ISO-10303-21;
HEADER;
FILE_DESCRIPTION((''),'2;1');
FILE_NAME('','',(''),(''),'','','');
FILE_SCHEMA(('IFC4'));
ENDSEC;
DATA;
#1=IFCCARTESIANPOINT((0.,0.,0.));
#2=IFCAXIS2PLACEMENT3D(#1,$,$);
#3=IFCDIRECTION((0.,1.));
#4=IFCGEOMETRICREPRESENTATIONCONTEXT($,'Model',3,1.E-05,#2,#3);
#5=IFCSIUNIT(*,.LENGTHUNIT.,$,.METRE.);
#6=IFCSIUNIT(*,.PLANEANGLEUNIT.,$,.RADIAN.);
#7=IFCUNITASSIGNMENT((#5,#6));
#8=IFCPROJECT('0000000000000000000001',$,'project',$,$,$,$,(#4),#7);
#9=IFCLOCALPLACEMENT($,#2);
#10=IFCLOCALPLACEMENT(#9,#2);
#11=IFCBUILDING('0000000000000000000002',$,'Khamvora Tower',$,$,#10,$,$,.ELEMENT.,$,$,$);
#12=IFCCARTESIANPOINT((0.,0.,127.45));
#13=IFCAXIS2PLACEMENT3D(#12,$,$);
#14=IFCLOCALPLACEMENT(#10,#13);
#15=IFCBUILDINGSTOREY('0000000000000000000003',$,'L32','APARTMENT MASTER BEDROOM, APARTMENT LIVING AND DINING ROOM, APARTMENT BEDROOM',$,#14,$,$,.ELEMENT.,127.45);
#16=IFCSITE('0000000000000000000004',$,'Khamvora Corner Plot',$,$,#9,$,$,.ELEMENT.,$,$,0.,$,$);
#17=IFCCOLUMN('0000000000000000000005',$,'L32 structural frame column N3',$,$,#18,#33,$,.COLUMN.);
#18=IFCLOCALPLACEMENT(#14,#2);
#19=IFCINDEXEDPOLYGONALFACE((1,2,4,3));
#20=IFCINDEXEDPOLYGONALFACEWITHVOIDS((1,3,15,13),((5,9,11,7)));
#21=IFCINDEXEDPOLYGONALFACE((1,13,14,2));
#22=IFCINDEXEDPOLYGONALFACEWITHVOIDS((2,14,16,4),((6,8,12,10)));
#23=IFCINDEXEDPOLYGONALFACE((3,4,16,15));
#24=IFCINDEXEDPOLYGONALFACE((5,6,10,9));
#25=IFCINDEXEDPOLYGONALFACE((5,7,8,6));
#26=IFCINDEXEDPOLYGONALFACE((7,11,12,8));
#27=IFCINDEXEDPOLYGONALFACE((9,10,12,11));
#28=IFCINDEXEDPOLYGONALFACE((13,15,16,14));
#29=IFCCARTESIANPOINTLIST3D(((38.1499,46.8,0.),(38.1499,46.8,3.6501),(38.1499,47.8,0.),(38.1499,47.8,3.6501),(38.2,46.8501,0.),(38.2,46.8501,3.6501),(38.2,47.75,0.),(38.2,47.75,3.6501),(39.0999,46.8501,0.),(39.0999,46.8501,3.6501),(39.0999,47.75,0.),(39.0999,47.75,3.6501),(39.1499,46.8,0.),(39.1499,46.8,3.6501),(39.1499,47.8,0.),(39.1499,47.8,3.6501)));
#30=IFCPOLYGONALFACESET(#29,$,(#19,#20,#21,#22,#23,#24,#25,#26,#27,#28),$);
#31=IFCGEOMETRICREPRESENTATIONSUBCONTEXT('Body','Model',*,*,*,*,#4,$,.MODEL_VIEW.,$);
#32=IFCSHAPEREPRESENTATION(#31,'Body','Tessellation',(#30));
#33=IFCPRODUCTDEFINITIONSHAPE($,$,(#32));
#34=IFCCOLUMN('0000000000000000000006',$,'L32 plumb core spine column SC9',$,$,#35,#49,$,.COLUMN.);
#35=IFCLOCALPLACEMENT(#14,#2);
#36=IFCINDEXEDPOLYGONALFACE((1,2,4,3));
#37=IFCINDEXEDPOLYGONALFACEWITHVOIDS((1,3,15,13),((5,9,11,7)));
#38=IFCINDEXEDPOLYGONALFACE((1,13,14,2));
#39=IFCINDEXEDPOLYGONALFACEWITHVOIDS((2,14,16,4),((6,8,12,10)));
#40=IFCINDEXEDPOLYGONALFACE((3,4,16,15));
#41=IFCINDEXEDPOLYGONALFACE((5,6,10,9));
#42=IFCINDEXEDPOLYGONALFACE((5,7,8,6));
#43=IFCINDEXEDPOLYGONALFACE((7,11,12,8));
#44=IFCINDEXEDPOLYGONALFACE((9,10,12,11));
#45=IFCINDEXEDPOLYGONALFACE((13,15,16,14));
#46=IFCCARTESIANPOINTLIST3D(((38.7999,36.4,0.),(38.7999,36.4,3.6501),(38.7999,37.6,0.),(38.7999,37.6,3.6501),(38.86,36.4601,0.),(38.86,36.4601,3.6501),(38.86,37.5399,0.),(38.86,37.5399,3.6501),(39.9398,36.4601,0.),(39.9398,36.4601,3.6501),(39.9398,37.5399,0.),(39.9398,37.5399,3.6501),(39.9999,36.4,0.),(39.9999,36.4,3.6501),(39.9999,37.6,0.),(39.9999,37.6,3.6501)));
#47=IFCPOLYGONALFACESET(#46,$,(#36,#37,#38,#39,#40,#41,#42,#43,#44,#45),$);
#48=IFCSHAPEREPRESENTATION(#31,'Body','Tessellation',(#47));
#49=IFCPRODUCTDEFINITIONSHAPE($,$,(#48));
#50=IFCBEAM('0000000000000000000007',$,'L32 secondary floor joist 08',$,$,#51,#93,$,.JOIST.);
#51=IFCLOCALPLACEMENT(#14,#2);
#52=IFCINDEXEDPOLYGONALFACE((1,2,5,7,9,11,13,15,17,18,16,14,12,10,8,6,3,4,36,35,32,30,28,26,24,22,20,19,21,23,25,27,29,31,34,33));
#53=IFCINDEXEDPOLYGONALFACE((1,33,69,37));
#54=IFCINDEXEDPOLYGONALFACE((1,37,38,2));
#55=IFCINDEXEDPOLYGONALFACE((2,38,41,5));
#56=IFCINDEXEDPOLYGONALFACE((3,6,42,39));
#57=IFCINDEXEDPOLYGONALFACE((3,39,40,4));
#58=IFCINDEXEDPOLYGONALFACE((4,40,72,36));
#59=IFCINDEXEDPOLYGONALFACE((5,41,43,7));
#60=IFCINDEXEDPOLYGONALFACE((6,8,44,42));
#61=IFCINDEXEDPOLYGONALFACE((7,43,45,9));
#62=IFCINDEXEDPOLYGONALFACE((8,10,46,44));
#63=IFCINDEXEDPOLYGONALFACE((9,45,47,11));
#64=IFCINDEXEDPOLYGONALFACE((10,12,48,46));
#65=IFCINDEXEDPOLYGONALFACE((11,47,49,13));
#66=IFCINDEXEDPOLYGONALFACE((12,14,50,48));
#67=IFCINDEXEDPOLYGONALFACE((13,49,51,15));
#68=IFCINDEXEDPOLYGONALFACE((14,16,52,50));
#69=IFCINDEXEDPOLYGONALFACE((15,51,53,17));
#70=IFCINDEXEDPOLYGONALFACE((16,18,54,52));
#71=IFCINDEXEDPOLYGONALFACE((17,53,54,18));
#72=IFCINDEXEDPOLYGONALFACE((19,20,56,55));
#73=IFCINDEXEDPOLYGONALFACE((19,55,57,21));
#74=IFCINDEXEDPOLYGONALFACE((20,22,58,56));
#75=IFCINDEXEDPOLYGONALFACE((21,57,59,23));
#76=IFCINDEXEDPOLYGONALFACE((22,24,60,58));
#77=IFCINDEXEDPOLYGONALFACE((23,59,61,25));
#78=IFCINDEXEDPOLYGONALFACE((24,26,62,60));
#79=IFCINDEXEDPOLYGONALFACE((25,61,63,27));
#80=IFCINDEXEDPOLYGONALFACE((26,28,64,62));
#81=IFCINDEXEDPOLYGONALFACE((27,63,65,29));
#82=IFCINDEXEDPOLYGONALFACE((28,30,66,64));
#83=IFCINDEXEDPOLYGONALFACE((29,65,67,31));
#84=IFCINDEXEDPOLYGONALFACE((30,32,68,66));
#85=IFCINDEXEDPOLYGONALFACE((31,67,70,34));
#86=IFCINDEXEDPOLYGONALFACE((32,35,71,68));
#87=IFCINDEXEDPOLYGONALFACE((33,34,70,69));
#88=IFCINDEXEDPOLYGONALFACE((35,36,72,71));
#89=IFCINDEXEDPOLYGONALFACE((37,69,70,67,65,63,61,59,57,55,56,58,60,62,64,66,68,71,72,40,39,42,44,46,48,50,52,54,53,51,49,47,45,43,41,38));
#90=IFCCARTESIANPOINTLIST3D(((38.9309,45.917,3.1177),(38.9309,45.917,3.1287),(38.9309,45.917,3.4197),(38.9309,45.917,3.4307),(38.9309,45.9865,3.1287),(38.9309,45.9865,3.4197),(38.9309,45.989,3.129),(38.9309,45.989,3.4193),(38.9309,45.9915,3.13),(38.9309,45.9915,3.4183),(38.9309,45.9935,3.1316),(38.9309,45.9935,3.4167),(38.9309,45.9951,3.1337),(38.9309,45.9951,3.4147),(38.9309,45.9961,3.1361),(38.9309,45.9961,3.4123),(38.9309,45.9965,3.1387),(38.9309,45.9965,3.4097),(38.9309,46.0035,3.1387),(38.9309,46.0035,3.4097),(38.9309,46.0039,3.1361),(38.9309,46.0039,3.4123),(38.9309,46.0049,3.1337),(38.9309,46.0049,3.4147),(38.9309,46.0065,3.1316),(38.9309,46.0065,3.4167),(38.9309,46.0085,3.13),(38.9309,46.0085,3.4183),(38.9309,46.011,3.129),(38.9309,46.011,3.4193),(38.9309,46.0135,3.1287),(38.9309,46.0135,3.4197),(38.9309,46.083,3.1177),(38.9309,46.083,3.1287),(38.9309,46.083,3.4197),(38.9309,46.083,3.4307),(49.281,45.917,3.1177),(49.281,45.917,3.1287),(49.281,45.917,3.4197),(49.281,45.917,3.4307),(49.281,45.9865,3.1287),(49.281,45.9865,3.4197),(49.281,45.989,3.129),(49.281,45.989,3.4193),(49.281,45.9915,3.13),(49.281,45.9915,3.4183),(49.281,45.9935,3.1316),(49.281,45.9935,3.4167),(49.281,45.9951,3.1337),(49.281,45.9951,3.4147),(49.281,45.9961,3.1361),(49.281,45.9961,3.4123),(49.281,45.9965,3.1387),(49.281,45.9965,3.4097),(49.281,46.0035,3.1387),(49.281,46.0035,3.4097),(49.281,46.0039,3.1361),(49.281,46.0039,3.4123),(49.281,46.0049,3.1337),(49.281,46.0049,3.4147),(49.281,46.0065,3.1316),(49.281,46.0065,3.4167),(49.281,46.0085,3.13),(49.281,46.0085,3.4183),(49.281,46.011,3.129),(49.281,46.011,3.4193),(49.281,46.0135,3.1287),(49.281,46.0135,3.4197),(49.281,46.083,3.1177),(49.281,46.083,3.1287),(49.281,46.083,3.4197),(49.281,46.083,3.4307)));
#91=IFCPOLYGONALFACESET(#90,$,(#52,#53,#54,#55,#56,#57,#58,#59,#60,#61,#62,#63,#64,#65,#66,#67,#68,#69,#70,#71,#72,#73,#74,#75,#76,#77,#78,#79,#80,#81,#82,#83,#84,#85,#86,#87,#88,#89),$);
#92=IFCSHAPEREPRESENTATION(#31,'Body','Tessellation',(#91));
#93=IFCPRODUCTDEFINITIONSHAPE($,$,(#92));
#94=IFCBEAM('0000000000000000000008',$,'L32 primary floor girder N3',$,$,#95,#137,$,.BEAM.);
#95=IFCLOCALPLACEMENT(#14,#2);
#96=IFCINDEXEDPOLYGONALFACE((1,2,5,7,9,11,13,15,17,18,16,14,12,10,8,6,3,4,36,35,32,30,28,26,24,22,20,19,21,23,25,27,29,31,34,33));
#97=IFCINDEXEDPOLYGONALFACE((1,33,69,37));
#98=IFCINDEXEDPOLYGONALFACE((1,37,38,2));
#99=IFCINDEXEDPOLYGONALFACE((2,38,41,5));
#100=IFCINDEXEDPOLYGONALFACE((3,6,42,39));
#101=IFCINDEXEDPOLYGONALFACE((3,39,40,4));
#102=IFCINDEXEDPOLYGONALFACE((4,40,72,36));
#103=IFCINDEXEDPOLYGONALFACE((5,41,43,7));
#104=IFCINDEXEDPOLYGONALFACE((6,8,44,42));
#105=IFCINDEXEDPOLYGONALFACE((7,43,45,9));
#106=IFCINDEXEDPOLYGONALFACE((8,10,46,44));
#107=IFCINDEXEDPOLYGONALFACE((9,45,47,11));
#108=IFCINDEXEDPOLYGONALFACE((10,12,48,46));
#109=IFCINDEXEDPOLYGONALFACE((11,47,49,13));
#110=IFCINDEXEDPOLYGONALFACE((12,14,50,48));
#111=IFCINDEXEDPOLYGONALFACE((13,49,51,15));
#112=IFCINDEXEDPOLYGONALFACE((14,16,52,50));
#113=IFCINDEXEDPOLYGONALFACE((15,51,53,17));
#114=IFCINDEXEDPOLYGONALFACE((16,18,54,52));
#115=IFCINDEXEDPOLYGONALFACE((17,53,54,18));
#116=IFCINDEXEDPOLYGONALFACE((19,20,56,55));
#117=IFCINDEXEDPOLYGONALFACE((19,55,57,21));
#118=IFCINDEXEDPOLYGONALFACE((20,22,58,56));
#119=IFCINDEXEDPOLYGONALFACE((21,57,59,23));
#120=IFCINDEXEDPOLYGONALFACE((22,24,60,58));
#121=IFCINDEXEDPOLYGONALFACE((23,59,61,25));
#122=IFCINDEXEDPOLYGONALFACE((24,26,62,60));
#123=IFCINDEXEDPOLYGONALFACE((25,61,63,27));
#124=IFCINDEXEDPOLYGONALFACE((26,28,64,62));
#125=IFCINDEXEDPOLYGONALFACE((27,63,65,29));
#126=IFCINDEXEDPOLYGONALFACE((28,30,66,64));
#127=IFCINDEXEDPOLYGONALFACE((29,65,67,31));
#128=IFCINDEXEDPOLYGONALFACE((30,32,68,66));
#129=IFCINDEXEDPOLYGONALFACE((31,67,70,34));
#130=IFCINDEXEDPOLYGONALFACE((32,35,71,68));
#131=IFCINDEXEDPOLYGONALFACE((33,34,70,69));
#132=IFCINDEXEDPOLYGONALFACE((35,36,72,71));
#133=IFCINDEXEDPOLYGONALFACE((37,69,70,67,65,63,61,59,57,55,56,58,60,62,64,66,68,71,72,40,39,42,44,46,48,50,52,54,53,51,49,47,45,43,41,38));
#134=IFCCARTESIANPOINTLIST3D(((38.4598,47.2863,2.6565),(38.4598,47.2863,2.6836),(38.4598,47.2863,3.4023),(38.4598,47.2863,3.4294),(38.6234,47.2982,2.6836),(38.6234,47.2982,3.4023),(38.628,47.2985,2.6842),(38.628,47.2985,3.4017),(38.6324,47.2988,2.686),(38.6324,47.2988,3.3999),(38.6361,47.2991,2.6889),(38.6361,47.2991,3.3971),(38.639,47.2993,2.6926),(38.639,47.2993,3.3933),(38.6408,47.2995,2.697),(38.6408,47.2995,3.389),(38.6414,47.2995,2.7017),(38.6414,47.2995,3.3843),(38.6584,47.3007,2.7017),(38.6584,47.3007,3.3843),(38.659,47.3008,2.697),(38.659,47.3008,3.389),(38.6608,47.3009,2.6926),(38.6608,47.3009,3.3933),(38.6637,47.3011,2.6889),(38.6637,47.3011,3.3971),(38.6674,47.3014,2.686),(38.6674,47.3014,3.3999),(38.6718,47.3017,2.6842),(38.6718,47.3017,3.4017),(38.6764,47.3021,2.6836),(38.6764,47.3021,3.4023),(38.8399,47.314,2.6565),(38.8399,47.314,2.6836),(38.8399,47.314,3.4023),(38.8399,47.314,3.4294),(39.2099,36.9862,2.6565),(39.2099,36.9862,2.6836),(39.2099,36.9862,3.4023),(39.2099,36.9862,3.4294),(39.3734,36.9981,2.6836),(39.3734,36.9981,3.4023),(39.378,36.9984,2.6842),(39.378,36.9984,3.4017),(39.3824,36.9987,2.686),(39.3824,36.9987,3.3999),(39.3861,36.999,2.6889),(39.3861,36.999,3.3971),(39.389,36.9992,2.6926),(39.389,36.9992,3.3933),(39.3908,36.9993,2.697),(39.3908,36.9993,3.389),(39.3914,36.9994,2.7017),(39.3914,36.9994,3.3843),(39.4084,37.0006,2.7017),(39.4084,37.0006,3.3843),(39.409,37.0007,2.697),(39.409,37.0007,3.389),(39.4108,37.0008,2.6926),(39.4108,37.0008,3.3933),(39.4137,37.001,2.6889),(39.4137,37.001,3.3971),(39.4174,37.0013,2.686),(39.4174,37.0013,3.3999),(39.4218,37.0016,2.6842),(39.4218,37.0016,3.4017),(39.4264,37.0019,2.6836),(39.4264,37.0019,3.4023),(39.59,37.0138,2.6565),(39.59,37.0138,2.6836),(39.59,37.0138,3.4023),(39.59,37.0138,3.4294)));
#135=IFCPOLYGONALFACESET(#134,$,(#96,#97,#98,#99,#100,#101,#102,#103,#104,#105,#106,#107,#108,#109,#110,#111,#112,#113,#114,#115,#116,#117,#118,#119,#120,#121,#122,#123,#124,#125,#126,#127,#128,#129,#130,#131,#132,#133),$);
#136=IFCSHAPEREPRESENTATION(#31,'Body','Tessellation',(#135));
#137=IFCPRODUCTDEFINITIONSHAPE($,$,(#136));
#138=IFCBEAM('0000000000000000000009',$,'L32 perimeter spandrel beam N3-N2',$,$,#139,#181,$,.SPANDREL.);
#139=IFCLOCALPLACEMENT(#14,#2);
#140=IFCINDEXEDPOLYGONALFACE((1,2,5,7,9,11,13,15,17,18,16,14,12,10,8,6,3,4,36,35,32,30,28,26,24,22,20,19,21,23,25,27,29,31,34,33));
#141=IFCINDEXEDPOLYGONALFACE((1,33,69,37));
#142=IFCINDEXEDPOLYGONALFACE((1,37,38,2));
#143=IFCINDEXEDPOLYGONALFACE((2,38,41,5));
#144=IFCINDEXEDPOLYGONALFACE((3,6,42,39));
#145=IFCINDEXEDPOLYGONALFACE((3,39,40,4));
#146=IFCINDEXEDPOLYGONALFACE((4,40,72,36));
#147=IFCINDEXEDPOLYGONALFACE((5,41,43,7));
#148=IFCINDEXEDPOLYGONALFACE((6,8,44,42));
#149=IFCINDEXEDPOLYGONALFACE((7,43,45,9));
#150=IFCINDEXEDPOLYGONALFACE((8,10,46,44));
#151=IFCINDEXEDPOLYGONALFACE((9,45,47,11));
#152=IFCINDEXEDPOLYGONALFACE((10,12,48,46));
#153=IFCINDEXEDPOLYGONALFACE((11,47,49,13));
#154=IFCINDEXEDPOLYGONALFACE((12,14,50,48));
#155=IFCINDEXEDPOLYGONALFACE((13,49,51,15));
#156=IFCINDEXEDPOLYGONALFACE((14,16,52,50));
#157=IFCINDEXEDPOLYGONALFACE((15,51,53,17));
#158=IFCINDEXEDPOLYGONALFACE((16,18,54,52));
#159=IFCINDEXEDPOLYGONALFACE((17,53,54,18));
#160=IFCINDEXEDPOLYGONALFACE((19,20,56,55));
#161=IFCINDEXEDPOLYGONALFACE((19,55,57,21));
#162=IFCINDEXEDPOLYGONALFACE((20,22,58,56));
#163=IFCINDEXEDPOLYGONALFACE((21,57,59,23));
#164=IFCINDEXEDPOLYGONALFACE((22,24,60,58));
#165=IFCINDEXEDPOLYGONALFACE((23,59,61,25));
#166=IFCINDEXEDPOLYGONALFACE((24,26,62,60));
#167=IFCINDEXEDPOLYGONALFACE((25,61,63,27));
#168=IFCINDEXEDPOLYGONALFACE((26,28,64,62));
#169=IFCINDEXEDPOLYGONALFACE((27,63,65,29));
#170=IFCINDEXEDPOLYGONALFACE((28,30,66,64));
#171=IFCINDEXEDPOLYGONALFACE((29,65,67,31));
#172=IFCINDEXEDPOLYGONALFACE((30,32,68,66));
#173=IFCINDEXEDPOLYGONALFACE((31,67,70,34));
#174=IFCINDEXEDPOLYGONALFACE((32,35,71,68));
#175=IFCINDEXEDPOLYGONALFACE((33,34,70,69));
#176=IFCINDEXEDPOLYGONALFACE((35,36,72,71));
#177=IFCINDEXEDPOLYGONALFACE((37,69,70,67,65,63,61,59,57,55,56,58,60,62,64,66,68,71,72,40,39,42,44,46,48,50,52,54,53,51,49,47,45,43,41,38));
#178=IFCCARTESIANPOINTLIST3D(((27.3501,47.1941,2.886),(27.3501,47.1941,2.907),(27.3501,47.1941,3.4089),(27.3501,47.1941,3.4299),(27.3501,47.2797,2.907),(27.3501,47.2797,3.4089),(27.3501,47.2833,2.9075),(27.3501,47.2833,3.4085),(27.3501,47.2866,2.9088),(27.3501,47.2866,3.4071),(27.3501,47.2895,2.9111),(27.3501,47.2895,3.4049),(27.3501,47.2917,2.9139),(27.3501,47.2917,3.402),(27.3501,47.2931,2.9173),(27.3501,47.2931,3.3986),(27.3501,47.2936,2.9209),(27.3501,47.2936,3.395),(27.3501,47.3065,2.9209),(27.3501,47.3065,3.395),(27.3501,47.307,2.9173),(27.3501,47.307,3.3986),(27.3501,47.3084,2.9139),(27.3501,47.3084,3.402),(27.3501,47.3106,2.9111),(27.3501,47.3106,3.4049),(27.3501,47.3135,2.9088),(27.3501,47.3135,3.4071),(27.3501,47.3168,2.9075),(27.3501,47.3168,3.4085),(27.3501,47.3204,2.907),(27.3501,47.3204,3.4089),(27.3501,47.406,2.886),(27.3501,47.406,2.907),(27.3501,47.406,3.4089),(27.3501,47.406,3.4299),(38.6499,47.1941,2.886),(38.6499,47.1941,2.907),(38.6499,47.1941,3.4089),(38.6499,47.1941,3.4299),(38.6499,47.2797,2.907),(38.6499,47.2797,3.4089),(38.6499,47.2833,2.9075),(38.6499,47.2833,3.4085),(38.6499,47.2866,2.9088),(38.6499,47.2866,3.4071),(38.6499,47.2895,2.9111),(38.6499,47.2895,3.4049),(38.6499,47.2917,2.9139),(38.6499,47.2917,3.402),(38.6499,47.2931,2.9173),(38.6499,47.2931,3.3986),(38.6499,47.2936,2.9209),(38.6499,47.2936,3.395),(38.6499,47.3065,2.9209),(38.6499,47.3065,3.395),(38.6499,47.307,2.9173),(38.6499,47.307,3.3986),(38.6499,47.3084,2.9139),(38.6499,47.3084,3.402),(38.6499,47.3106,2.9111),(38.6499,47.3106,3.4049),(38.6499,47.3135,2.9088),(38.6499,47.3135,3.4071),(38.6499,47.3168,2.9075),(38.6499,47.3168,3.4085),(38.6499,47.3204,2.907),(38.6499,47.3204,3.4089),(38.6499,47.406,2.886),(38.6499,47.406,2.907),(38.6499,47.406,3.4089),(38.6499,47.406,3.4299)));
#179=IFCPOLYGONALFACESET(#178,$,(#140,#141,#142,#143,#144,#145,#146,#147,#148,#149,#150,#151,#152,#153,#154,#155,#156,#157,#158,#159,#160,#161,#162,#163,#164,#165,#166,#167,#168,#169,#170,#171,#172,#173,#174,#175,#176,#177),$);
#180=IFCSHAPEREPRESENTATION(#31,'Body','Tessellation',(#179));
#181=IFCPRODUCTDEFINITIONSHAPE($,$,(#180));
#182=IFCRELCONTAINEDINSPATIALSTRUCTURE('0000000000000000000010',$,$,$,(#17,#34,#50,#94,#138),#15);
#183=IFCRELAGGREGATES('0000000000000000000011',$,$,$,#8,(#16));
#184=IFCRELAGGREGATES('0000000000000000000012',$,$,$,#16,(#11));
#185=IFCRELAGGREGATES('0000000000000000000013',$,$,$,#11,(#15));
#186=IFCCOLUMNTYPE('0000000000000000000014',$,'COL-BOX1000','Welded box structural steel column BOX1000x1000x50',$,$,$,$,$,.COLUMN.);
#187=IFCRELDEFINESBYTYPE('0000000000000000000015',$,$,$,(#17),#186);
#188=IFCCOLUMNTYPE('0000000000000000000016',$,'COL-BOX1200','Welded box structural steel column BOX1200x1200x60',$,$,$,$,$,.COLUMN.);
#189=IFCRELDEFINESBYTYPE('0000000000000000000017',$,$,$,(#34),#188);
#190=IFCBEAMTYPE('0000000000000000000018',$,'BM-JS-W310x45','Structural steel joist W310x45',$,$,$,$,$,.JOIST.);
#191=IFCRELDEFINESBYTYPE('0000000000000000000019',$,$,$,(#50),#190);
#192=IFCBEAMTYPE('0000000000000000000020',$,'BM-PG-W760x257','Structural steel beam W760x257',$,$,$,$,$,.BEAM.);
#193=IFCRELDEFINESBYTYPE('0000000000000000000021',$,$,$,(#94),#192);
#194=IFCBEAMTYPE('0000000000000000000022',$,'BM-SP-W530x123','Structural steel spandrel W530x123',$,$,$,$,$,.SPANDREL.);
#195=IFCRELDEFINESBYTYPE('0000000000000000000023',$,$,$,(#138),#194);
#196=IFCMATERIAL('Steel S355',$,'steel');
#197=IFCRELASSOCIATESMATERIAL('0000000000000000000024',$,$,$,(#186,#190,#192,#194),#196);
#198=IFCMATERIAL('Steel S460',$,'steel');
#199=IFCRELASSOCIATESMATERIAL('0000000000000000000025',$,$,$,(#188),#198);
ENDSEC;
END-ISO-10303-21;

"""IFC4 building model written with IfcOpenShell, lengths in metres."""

from ifc_helpers import new_model, si_unit, direction, frame, origin, origin_2d, place, context, subcontext, project, spatial, hollow_rectangle, i_section, extrude, material, material_profile, profile_set, type_object, element, save


model = new_model("IFC4")

# Units and contexts
model_context = context("Model", 3, precision=1e-05, world=origin(), true_north=direction((0.0, 1.0)))
body_context = subcontext(model_context, "Body", "Model", "MODEL_VIEW")
ifc_project = project(units=[si_unit("LENGTHUNIT", "METRE"), si_unit("PLANEANGLEUNIT", "RADIAN")], contexts=[model_context])

# Site, building, storey
site_placement = place(None, origin())
site = spatial("IfcSite", under=ifc_project, at=site_placement, Name="Khamvora Corner Plot", CompositionType="ELEMENT", RefElevation=0.0)
building_placement = place(site_placement, origin())
building = spatial("IfcBuilding", under=site, at=building_placement, Name="Khamvora Tower", CompositionType="ELEMENT")
storey_placement = place(building_placement, frame((0.0, 0.0, 127.45)))
storey = spatial("IfcBuildingStorey", under=building, at=storey_placement, Name="L32", Description="APARTMENT MASTER BEDROOM, APARTMENT LIVING AND DINING ROOM, APARTMENT BEDROOM", CompositionType="ELEMENT", Elevation=127.45)

# Columns
ifc_material_1 = material(Name="Steel S355", Category="steel")
ifc_material_profile_1 = material_profile(ifc_material_1, hollow_rectangle(XDim=1.0, YDim=1.0, WallThickness=0.05, at=origin_2d()), Name="BOX1000x1000x50")
ifc_profile_set_1 = profile_set([ifc_material_profile_1], Name="Steel S355")
column_type_1 = type_object("IfcColumnType", Name="COL-BOX1000", Description="Welded box structural steel column BOX1000x1000x50", PredefinedType="COLUMN", material=ifc_profile_set_1)
column_1_placement = place(storey_placement, frame((38.6499, 47.3, 0.0), z_axis=(0.0, 0.0, 1.0), x_axis=(1.0, 0.0, 0.0)))
element("IfcColumn", 1, at=column_1_placement, inside=storey, type_object=column_type_1, Name="L32 structural frame column N3", PredefinedType="COLUMN", context=body_context, shape_type="SweptSolid", body=[
    extrude(hollow_rectangle(XDim=1.0, YDim=1.0, WallThickness=0.05, at=origin_2d()), origin(), (0.0, 0.0, 1.0), 3.6501),
])
ifc_material_2 = material(Name="Steel S460", Category="steel")
ifc_material_profile_2 = material_profile(ifc_material_2, hollow_rectangle(XDim=1.2, YDim=1.2, WallThickness=0.0601, at=origin_2d()), Name="BOX1200x1200x60")
ifc_profile_set_2 = profile_set([ifc_material_profile_2], Name="Steel S460")
column_type_2 = type_object("IfcColumnType", Name="COL-BOX1200", Description="Welded box structural steel column BOX1200x1200x60", PredefinedType="COLUMN", material=ifc_profile_set_2)
column_2_placement = place(storey_placement, frame((39.3999, 37.0, 0.0), z_axis=(0.0, 0.0, 1.0), x_axis=(1.0, 0.0, 0.0)))
element("IfcColumn", 2, at=column_2_placement, inside=storey, type_object=column_type_2, Name="L32 plumb core spine column SC9", PredefinedType="COLUMN", context=body_context, shape_type="SweptSolid", body=[
    extrude(hollow_rectangle(XDim=1.2, YDim=1.2, WallThickness=0.0601, at=origin_2d()), origin(), (0.0, 0.0, 1.0), 3.6501),
])

# Beams
ifc_material_profile_3 = material_profile(ifc_material_1, i_section(OverallWidth=0.166, OverallDepth=0.313, WebThickness=0.0071, FlangeThickness=0.011, FilletRadius=0.01, at=origin_2d()), Name="W310x45")
ifc_profile_set_3 = profile_set([ifc_material_profile_3], Name="Steel S355")
beam_type_1 = type_object("IfcBeamType", Name="BM-JS-W310x45", Description="Structural steel joist W310x45", PredefinedType="JOIST", material=ifc_profile_set_3)
beam_1_placement = place(storey_placement, frame((38.9309, 46.0, 3.2742), z_axis=(1.0, 0.0, 0.0), x_axis=(0.0, 1.0, 0.0)))
element("IfcBeam", 3, at=beam_1_placement, inside=storey, type_object=beam_type_1, Name="L32 secondary floor joist 08", PredefinedType="JOIST", context=body_context, shape_type="SweptSolid", body=[
    extrude(i_section(OverallWidth=0.166, OverallDepth=0.313, WebThickness=0.0071, FlangeThickness=0.011, FilletRadius=0.01, at=origin_2d()), origin(), (0.0, 0.0, 1.0), 10.3501),
])
ifc_material_profile_4 = material_profile(ifc_material_1, i_section(OverallWidth=0.3811, OverallDepth=0.7729, WebThickness=0.0171, FlangeThickness=0.0271, FilletRadius=0.0181, at=origin_2d()), Name="W760x257")
ifc_profile_set_4 = profile_set([ifc_material_profile_4], Name="Steel S355")
beam_type_2 = type_object("IfcBeamType", Name="BM-PG-W760x257", Description="Structural steel beam W760x257", PredefinedType="BEAM", material=ifc_profile_set_4)
beam_2_placement = place(storey_placement, frame((39.3999, 37.0, 3.043), z_axis=(-0.072623, 0.997359, 0.0), x_axis=(-0.997359, -0.072623, 0.0)))
element("IfcBeam", 4, at=beam_2_placement, inside=storey, type_object=beam_type_2, Name="L32 primary floor girder N3", PredefinedType="BEAM", context=body_context, shape_type="SweptSolid", body=[
    extrude(i_section(OverallWidth=0.3811, OverallDepth=0.7729, WebThickness=0.0171, FlangeThickness=0.0271, FilletRadius=0.0181, at=origin_2d()), origin(), (0.0, 0.0, 1.0), 10.3274),
])
ifc_material_profile_5 = material_profile(ifc_material_1, i_section(OverallWidth=0.2119, OverallDepth=0.5439, WebThickness=0.0129, FlangeThickness=0.021, FilletRadius=0.0139, at=origin_2d()), Name="W530x123")
ifc_profile_set_5 = profile_set([ifc_material_profile_5], Name="Steel S355")
beam_type_3 = type_object("IfcBeamType", Name="BM-SP-W530x123", Description="Structural steel spandrel W530x123", PredefinedType="SPANDREL", material=ifc_profile_set_5)
beam_3_placement = place(storey_placement, frame((38.6499, 47.3, 3.158), z_axis=(-1.0, 0.0, 0.0), x_axis=(0.0, -1.0, 0.0)))
element("IfcBeam", 5, at=beam_3_placement, inside=storey, type_object=beam_type_3, Name="L32 perimeter spandrel beam N3-N2", PredefinedType="SPANDREL", context=body_context, shape_type="SweptSolid", body=[
    extrude(i_section(OverallWidth=0.2119, OverallDepth=0.5439, WebThickness=0.0129, FlangeThickness=0.021, FilletRadius=0.0139, at=origin_2d()), origin(), (0.0, 0.0, 1.0), 11.2998),
])

save(model, "model.ifc")
